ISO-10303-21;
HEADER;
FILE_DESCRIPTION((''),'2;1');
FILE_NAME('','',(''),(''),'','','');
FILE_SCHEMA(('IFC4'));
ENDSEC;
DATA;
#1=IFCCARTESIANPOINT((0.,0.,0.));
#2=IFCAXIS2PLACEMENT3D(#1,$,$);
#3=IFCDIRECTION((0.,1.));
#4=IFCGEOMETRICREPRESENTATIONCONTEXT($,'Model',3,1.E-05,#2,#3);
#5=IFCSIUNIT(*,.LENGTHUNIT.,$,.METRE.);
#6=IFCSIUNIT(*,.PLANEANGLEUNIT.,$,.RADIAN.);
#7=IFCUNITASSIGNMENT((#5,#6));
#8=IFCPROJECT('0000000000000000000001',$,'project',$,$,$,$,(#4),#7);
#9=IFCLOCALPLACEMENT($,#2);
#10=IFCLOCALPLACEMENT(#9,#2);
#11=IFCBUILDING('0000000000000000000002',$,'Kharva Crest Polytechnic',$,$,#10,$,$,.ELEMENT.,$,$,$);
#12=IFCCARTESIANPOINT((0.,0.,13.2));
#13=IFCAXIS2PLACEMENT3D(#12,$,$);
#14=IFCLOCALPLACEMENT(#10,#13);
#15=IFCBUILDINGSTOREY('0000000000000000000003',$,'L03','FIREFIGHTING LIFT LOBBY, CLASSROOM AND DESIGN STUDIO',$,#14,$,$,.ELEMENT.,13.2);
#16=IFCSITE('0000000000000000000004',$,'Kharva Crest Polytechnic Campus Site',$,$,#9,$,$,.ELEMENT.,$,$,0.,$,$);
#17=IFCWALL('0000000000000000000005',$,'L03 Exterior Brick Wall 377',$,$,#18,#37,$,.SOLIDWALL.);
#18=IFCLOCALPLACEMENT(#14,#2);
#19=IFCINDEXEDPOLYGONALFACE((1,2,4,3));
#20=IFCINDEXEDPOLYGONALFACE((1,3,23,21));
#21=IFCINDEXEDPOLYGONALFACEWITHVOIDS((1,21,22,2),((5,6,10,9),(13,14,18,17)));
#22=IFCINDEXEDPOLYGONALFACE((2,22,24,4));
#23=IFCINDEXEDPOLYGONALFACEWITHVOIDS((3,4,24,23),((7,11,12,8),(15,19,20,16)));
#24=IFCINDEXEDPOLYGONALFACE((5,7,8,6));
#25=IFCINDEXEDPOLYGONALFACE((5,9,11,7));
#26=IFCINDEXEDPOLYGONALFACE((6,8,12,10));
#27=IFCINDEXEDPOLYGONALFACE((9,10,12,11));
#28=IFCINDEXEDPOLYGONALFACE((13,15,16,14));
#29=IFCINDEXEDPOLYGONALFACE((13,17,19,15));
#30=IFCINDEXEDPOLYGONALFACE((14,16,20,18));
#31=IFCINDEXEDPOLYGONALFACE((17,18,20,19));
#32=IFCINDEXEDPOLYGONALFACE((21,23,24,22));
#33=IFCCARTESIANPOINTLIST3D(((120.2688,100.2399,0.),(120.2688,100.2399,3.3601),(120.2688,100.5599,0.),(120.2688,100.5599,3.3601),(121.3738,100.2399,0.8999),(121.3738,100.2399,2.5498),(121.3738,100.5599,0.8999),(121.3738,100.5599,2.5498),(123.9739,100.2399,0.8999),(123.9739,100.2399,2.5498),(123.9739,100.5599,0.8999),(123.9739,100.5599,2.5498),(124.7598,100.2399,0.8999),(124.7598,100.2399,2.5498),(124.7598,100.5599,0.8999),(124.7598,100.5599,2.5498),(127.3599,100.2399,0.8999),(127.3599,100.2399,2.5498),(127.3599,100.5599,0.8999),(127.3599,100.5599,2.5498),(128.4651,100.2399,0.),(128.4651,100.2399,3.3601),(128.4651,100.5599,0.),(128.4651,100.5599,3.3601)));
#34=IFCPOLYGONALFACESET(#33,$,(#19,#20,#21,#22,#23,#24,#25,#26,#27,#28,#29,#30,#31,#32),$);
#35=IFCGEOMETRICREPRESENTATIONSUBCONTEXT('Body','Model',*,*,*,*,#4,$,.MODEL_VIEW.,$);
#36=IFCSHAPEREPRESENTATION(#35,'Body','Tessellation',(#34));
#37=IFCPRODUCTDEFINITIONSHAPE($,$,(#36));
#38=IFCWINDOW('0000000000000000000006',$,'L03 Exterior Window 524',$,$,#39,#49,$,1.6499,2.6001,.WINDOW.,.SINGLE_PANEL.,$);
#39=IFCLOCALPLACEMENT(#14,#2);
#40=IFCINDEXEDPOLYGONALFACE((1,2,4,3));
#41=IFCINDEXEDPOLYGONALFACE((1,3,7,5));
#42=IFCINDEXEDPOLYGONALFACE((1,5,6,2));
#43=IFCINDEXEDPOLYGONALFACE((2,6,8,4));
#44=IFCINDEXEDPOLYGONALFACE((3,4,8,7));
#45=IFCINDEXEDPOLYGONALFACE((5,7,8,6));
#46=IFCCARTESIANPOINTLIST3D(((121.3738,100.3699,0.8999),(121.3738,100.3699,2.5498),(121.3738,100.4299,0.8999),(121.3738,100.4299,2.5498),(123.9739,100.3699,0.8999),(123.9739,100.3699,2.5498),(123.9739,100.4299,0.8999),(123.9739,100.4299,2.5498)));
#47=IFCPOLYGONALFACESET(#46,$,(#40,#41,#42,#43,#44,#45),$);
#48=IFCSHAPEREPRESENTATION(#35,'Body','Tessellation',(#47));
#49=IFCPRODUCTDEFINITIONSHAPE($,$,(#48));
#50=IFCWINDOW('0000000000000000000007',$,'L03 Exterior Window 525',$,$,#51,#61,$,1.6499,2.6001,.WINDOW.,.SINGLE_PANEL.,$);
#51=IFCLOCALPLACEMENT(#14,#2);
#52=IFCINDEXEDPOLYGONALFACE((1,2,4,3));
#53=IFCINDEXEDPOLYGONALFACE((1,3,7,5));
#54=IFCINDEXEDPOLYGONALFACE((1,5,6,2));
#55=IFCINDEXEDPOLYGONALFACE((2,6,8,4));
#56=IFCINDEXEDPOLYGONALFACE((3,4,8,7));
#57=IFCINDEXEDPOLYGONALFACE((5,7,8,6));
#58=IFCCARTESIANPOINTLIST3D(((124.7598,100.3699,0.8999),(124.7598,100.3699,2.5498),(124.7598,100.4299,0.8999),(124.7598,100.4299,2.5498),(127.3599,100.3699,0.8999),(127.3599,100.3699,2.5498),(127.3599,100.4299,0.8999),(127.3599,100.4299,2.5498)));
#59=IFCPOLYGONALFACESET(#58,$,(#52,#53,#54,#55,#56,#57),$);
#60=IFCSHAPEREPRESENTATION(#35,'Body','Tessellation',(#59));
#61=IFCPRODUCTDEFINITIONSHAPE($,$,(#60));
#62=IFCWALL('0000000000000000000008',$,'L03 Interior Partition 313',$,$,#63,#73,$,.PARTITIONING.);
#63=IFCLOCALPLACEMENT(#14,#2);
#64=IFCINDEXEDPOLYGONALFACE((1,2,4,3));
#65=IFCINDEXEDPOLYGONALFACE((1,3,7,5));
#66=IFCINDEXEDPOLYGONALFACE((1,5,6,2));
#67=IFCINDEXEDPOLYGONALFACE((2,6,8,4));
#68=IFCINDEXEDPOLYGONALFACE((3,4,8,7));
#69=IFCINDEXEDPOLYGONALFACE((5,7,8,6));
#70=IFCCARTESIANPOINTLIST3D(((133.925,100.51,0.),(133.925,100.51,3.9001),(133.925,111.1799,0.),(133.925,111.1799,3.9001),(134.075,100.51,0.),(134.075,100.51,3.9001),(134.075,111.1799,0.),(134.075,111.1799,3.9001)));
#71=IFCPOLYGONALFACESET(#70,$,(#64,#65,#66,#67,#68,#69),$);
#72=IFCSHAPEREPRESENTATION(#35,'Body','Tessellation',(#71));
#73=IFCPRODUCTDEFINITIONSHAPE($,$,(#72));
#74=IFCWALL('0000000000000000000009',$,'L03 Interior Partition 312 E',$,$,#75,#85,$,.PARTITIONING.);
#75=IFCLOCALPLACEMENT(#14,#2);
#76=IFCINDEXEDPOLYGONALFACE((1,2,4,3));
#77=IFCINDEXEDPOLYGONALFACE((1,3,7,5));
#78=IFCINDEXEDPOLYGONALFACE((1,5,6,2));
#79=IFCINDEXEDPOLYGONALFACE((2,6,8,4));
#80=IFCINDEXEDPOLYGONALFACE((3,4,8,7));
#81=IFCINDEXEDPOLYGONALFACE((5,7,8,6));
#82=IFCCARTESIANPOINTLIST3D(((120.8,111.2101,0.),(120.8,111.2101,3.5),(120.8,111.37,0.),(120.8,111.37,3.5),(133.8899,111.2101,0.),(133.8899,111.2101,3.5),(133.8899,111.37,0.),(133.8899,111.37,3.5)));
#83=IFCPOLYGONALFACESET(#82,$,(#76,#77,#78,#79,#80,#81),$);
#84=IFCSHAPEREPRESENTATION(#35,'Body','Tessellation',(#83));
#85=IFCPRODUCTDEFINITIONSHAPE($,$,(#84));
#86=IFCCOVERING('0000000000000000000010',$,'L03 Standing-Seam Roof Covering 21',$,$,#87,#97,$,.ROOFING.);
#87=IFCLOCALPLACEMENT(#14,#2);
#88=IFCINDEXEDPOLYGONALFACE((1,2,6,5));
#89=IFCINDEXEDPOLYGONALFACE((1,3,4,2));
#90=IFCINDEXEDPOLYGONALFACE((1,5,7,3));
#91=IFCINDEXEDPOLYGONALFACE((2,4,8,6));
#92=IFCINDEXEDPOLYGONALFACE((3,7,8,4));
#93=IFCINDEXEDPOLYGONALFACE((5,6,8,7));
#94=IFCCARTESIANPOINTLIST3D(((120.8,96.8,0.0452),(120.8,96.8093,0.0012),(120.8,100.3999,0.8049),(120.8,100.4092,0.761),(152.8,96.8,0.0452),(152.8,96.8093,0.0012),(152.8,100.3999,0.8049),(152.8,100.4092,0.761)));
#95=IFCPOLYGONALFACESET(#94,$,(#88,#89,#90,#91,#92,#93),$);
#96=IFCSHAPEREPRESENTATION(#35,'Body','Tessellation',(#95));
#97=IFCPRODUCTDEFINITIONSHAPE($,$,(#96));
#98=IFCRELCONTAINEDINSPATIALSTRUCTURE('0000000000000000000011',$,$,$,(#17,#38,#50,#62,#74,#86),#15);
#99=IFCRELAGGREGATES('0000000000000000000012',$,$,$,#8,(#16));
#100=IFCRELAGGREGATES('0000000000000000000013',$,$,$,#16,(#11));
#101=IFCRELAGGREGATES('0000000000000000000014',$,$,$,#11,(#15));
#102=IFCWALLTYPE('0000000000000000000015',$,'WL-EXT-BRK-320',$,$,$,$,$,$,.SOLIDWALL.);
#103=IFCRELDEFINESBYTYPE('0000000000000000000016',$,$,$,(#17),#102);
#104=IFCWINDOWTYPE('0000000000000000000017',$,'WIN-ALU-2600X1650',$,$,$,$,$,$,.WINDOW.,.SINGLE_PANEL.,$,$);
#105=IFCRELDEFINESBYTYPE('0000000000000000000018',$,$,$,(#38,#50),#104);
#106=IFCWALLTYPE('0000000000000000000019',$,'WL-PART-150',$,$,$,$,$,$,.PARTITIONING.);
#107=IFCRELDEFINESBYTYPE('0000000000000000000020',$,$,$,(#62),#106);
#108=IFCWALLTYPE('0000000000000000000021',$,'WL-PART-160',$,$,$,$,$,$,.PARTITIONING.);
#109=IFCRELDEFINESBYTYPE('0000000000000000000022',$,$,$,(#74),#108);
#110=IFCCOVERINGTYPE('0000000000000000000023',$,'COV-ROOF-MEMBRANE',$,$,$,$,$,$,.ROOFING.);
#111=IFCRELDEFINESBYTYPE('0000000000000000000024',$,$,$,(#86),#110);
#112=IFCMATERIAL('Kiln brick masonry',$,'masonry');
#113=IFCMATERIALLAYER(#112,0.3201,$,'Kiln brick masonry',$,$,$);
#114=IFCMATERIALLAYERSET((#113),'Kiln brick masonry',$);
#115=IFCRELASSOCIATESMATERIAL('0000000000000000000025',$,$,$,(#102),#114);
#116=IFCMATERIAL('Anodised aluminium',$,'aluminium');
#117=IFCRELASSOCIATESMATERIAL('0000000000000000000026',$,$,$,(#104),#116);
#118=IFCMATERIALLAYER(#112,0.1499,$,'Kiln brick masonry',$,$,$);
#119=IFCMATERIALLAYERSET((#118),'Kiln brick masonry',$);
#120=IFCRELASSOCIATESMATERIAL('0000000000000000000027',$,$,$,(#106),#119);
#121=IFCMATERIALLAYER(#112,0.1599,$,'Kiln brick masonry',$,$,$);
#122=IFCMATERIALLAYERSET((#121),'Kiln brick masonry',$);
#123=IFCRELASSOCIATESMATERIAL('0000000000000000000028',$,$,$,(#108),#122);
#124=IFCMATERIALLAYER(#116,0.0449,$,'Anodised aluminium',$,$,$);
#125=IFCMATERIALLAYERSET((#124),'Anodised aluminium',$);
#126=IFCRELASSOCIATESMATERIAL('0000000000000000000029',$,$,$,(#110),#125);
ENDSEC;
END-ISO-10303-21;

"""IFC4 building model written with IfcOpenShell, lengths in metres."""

from ifc_helpers import new_model, si_unit, direction, frame, frame_2d, origin, place, context, subcontext, project, spatial, polyline, rectangle, outline, extrude, material, layer, layer_set, type_object, element, fill, save


model = new_model("IFC4")

# Units and contexts
model_context = context("Model", 3, precision=1e-05, world=origin(), true_north=direction((0.0, 1.0)))
body_context = subcontext(model_context, "Body", "Model", "MODEL_VIEW")
ifc_project = project(units=[si_unit("LENGTHUNIT", "METRE"), si_unit("PLANEANGLEUNIT", "RADIAN")], contexts=[model_context])

# Site, building, storey
site_placement = place(None, origin())
site = spatial("IfcSite", under=ifc_project, at=site_placement, Name="Kharva Crest Polytechnic Campus Site", CompositionType="ELEMENT", RefElevation=0.0)
building_placement = place(site_placement, origin())
building = spatial("IfcBuilding", under=site, at=building_placement, Name="Kharva Crest Polytechnic", CompositionType="ELEMENT")
storey_placement = place(building_placement, frame((0.0, 0.0, 13.2)))
storey = spatial("IfcBuildingStorey", under=building, at=storey_placement, Name="L03", Description="FIREFIGHTING LIFT LOBBY, CLASSROOM AND DESIGN STUDIO", CompositionType="ELEMENT", Elevation=13.2)

# Wall, openings, windows
ifc_material_1 = material(Name="Kiln brick masonry", Category="masonry")
ifc_material_2 = material(Name="Anodised aluminium", Category="aluminium")
ifc_layer_1 = layer(ifc_material_1, 0.3201, Name="Kiln brick masonry")
ifc_layer_set_1 = layer_set([ifc_layer_1], Name="Kiln brick masonry")
wall_type_1 = type_object("IfcWallType", Name="WL-EXT-BRK-320", PredefinedType="SOLIDWALL", material=ifc_layer_set_1)
wall_1_placement = place(storey_placement, frame((120.2688, 100.3999, 0.0), z_axis=(0.0, 0.0, 1.0), x_axis=(1.0, 0.0, 0.0)))
wall_1 = element("IfcWall", 1, at=wall_1_placement, inside=storey, type_object=wall_type_1, Name="L03 Exterior Brick Wall 377", PredefinedType="SOLIDWALL", context=body_context, shape_type="SweptSolid", body=[
    extrude(rectangle(XDim=8.1963, YDim=0.3201, at=frame_2d((4.0981, 0.0))), origin(), (0.0, 0.0, 1.0), 3.3601),
])
opening_1_placement = place(wall_1_placement, frame((1.105, 0.0, 0.8999)))
opening_1 = element("IfcOpeningElement", 2, at=opening_1_placement, cuts=wall_1, PredefinedType="OPENING", context=body_context, shape_type="SweptSolid", body=[
    extrude(rectangle(XDim=2.6001, YDim=1.6499, at=frame_2d((1.3, 0.825))), frame((0.0, 0.1699, 0.0), z_axis=(0.0, -1.0, 0.0), x_axis=(1.0, 0.0, 0.0)), (0.0, 0.0, 1.0), 0.3401),
])
opening_2_placement = place(wall_1_placement, frame((4.491, 0.0, 0.8999)))
opening_2 = element("IfcOpeningElement", 3, at=opening_2_placement, cuts=wall_1, PredefinedType="OPENING", context=body_context, shape_type="SweptSolid", body=[
    extrude(rectangle(XDim=2.6001, YDim=1.6499, at=frame_2d((1.3, 0.825))), frame((0.0, 0.1699, 0.0), z_axis=(0.0, -1.0, 0.0), x_axis=(1.0, 0.0, 0.0)), (0.0, 0.0, 1.0), 0.3401),
])
window_type_1 = type_object("IfcWindowType", Name="WIN-ALU-2600X1650", PartitioningType="SINGLE_PANEL", PredefinedType="WINDOW", material=ifc_material_2)
window_1_placement = place(opening_1_placement, origin())
window_1 = element("IfcWindow", 4, at=window_1_placement, inside=storey, type_object=window_type_1, Name="L03 Exterior Window 524", OverallHeight=1.6499, OverallWidth=2.6001, PartitioningType="SINGLE_PANEL", PredefinedType="WINDOW", context=body_context, shape_type="SweptSolid", body=[
    extrude(rectangle(XDim=2.6001, YDim=1.6499, at=frame_2d((1.3, 0.825))), frame((0.0, 0.03, 0.0), z_axis=(0.0, -1.0, 0.0), x_axis=(1.0, 0.0, 0.0)), (0.0, 0.0, 1.0), 0.0601),
])
fill(opening_1, window_1)
window_2_placement = place(opening_2_placement, origin())
window_2 = element("IfcWindow", 5, at=window_2_placement, inside=storey, type_object=window_type_1, Name="L03 Exterior Window 525", OverallHeight=1.6499, OverallWidth=2.6001, PartitioningType="SINGLE_PANEL", PredefinedType="WINDOW", context=body_context, shape_type="SweptSolid", body=[
    extrude(rectangle(XDim=2.6001, YDim=1.6499, at=frame_2d((1.3, 0.825))), frame((0.0, 0.03, 0.0), z_axis=(0.0, -1.0, 0.0), x_axis=(1.0, 0.0, 0.0)), (0.0, 0.0, 1.0), 0.0601),
])
fill(opening_2, window_2)

# Walls
ifc_layer_2 = layer(ifc_material_1, 0.1499, Name="Kiln brick masonry")
ifc_layer_set_2 = layer_set([ifc_layer_2], Name="Kiln brick masonry")
wall_type_2 = type_object("IfcWallType", Name="WL-PART-150", PredefinedType="PARTITIONING", material=ifc_layer_set_2)
wall_2_placement = place(storey_placement, frame((134.0, 100.51, 0.0), z_axis=(0.0, 0.0, 1.0), x_axis=(0.0, 1.0, 0.0)))
element("IfcWall", 6, at=wall_2_placement, inside=storey, type_object=wall_type_2, Name="L03 Interior Partition 313", PredefinedType="PARTITIONING", context=body_context, shape_type="SweptSolid", body=[
    extrude(rectangle(XDim=10.6699, YDim=0.1499, at=frame_2d((5.335, 0.0))), origin(), (0.0, 0.0, 1.0), 3.9001),
])
ifc_layer_3 = layer(ifc_material_1, 0.1599, Name="Kiln brick masonry")
ifc_layer_set_3 = layer_set([ifc_layer_3], Name="Kiln brick masonry")
wall_type_3 = type_object("IfcWallType", Name="WL-PART-160", PredefinedType="PARTITIONING", material=ifc_layer_set_3)
wall_3_placement = place(storey_placement, frame((120.8, 111.29, 0.0), z_axis=(0.0, 0.0, 1.0), x_axis=(1.0, 0.0, 0.0)))
element("IfcWall", 7, at=wall_3_placement, inside=storey, type_object=wall_type_3, Name="L03 Interior Partition 312 E", PredefinedType="PARTITIONING", context=body_context, shape_type="SweptSolid", body=[
    extrude(rectangle(XDim=13.0898, YDim=0.1599, at=frame_2d((6.5449, 0.0))), origin(), (0.0, 0.0, 1.0), 3.5),
])

# Covering
ifc_layer_4 = layer(ifc_material_2, 0.0449, Name="Anodised aluminium")
ifc_layer_set_4 = layer_set([ifc_layer_4], Name="Anodised aluminium")
covering_type = type_object("IfcCoveringType", Name="COV-ROOF-MEMBRANE", PredefinedType="ROOFING", material=ifc_layer_set_4)
covering_placement = place(storey_placement, frame((120.8, 96.8, 0.0452), z_axis=(0.0, -0.206505, 0.978445), x_axis=(1.0, 0.0, 0.0)))
element("IfcCovering", 8, at=covering_placement, inside=storey, type_object=covering_type, Name="L03 Standing-Seam Roof Covering 21", PredefinedType="ROOFING", context=body_context, shape_type="SweptSolid", body=[
    extrude(outline(polyline([(0.0, 0.0), (32.0, 0.0), (32.0, 3.6792), (0.0, 3.6792), (0.0, 0.0)])), origin(), (0.0, 0.0, -1.0), 0.0449),
])

save(model, "model.ifc")
